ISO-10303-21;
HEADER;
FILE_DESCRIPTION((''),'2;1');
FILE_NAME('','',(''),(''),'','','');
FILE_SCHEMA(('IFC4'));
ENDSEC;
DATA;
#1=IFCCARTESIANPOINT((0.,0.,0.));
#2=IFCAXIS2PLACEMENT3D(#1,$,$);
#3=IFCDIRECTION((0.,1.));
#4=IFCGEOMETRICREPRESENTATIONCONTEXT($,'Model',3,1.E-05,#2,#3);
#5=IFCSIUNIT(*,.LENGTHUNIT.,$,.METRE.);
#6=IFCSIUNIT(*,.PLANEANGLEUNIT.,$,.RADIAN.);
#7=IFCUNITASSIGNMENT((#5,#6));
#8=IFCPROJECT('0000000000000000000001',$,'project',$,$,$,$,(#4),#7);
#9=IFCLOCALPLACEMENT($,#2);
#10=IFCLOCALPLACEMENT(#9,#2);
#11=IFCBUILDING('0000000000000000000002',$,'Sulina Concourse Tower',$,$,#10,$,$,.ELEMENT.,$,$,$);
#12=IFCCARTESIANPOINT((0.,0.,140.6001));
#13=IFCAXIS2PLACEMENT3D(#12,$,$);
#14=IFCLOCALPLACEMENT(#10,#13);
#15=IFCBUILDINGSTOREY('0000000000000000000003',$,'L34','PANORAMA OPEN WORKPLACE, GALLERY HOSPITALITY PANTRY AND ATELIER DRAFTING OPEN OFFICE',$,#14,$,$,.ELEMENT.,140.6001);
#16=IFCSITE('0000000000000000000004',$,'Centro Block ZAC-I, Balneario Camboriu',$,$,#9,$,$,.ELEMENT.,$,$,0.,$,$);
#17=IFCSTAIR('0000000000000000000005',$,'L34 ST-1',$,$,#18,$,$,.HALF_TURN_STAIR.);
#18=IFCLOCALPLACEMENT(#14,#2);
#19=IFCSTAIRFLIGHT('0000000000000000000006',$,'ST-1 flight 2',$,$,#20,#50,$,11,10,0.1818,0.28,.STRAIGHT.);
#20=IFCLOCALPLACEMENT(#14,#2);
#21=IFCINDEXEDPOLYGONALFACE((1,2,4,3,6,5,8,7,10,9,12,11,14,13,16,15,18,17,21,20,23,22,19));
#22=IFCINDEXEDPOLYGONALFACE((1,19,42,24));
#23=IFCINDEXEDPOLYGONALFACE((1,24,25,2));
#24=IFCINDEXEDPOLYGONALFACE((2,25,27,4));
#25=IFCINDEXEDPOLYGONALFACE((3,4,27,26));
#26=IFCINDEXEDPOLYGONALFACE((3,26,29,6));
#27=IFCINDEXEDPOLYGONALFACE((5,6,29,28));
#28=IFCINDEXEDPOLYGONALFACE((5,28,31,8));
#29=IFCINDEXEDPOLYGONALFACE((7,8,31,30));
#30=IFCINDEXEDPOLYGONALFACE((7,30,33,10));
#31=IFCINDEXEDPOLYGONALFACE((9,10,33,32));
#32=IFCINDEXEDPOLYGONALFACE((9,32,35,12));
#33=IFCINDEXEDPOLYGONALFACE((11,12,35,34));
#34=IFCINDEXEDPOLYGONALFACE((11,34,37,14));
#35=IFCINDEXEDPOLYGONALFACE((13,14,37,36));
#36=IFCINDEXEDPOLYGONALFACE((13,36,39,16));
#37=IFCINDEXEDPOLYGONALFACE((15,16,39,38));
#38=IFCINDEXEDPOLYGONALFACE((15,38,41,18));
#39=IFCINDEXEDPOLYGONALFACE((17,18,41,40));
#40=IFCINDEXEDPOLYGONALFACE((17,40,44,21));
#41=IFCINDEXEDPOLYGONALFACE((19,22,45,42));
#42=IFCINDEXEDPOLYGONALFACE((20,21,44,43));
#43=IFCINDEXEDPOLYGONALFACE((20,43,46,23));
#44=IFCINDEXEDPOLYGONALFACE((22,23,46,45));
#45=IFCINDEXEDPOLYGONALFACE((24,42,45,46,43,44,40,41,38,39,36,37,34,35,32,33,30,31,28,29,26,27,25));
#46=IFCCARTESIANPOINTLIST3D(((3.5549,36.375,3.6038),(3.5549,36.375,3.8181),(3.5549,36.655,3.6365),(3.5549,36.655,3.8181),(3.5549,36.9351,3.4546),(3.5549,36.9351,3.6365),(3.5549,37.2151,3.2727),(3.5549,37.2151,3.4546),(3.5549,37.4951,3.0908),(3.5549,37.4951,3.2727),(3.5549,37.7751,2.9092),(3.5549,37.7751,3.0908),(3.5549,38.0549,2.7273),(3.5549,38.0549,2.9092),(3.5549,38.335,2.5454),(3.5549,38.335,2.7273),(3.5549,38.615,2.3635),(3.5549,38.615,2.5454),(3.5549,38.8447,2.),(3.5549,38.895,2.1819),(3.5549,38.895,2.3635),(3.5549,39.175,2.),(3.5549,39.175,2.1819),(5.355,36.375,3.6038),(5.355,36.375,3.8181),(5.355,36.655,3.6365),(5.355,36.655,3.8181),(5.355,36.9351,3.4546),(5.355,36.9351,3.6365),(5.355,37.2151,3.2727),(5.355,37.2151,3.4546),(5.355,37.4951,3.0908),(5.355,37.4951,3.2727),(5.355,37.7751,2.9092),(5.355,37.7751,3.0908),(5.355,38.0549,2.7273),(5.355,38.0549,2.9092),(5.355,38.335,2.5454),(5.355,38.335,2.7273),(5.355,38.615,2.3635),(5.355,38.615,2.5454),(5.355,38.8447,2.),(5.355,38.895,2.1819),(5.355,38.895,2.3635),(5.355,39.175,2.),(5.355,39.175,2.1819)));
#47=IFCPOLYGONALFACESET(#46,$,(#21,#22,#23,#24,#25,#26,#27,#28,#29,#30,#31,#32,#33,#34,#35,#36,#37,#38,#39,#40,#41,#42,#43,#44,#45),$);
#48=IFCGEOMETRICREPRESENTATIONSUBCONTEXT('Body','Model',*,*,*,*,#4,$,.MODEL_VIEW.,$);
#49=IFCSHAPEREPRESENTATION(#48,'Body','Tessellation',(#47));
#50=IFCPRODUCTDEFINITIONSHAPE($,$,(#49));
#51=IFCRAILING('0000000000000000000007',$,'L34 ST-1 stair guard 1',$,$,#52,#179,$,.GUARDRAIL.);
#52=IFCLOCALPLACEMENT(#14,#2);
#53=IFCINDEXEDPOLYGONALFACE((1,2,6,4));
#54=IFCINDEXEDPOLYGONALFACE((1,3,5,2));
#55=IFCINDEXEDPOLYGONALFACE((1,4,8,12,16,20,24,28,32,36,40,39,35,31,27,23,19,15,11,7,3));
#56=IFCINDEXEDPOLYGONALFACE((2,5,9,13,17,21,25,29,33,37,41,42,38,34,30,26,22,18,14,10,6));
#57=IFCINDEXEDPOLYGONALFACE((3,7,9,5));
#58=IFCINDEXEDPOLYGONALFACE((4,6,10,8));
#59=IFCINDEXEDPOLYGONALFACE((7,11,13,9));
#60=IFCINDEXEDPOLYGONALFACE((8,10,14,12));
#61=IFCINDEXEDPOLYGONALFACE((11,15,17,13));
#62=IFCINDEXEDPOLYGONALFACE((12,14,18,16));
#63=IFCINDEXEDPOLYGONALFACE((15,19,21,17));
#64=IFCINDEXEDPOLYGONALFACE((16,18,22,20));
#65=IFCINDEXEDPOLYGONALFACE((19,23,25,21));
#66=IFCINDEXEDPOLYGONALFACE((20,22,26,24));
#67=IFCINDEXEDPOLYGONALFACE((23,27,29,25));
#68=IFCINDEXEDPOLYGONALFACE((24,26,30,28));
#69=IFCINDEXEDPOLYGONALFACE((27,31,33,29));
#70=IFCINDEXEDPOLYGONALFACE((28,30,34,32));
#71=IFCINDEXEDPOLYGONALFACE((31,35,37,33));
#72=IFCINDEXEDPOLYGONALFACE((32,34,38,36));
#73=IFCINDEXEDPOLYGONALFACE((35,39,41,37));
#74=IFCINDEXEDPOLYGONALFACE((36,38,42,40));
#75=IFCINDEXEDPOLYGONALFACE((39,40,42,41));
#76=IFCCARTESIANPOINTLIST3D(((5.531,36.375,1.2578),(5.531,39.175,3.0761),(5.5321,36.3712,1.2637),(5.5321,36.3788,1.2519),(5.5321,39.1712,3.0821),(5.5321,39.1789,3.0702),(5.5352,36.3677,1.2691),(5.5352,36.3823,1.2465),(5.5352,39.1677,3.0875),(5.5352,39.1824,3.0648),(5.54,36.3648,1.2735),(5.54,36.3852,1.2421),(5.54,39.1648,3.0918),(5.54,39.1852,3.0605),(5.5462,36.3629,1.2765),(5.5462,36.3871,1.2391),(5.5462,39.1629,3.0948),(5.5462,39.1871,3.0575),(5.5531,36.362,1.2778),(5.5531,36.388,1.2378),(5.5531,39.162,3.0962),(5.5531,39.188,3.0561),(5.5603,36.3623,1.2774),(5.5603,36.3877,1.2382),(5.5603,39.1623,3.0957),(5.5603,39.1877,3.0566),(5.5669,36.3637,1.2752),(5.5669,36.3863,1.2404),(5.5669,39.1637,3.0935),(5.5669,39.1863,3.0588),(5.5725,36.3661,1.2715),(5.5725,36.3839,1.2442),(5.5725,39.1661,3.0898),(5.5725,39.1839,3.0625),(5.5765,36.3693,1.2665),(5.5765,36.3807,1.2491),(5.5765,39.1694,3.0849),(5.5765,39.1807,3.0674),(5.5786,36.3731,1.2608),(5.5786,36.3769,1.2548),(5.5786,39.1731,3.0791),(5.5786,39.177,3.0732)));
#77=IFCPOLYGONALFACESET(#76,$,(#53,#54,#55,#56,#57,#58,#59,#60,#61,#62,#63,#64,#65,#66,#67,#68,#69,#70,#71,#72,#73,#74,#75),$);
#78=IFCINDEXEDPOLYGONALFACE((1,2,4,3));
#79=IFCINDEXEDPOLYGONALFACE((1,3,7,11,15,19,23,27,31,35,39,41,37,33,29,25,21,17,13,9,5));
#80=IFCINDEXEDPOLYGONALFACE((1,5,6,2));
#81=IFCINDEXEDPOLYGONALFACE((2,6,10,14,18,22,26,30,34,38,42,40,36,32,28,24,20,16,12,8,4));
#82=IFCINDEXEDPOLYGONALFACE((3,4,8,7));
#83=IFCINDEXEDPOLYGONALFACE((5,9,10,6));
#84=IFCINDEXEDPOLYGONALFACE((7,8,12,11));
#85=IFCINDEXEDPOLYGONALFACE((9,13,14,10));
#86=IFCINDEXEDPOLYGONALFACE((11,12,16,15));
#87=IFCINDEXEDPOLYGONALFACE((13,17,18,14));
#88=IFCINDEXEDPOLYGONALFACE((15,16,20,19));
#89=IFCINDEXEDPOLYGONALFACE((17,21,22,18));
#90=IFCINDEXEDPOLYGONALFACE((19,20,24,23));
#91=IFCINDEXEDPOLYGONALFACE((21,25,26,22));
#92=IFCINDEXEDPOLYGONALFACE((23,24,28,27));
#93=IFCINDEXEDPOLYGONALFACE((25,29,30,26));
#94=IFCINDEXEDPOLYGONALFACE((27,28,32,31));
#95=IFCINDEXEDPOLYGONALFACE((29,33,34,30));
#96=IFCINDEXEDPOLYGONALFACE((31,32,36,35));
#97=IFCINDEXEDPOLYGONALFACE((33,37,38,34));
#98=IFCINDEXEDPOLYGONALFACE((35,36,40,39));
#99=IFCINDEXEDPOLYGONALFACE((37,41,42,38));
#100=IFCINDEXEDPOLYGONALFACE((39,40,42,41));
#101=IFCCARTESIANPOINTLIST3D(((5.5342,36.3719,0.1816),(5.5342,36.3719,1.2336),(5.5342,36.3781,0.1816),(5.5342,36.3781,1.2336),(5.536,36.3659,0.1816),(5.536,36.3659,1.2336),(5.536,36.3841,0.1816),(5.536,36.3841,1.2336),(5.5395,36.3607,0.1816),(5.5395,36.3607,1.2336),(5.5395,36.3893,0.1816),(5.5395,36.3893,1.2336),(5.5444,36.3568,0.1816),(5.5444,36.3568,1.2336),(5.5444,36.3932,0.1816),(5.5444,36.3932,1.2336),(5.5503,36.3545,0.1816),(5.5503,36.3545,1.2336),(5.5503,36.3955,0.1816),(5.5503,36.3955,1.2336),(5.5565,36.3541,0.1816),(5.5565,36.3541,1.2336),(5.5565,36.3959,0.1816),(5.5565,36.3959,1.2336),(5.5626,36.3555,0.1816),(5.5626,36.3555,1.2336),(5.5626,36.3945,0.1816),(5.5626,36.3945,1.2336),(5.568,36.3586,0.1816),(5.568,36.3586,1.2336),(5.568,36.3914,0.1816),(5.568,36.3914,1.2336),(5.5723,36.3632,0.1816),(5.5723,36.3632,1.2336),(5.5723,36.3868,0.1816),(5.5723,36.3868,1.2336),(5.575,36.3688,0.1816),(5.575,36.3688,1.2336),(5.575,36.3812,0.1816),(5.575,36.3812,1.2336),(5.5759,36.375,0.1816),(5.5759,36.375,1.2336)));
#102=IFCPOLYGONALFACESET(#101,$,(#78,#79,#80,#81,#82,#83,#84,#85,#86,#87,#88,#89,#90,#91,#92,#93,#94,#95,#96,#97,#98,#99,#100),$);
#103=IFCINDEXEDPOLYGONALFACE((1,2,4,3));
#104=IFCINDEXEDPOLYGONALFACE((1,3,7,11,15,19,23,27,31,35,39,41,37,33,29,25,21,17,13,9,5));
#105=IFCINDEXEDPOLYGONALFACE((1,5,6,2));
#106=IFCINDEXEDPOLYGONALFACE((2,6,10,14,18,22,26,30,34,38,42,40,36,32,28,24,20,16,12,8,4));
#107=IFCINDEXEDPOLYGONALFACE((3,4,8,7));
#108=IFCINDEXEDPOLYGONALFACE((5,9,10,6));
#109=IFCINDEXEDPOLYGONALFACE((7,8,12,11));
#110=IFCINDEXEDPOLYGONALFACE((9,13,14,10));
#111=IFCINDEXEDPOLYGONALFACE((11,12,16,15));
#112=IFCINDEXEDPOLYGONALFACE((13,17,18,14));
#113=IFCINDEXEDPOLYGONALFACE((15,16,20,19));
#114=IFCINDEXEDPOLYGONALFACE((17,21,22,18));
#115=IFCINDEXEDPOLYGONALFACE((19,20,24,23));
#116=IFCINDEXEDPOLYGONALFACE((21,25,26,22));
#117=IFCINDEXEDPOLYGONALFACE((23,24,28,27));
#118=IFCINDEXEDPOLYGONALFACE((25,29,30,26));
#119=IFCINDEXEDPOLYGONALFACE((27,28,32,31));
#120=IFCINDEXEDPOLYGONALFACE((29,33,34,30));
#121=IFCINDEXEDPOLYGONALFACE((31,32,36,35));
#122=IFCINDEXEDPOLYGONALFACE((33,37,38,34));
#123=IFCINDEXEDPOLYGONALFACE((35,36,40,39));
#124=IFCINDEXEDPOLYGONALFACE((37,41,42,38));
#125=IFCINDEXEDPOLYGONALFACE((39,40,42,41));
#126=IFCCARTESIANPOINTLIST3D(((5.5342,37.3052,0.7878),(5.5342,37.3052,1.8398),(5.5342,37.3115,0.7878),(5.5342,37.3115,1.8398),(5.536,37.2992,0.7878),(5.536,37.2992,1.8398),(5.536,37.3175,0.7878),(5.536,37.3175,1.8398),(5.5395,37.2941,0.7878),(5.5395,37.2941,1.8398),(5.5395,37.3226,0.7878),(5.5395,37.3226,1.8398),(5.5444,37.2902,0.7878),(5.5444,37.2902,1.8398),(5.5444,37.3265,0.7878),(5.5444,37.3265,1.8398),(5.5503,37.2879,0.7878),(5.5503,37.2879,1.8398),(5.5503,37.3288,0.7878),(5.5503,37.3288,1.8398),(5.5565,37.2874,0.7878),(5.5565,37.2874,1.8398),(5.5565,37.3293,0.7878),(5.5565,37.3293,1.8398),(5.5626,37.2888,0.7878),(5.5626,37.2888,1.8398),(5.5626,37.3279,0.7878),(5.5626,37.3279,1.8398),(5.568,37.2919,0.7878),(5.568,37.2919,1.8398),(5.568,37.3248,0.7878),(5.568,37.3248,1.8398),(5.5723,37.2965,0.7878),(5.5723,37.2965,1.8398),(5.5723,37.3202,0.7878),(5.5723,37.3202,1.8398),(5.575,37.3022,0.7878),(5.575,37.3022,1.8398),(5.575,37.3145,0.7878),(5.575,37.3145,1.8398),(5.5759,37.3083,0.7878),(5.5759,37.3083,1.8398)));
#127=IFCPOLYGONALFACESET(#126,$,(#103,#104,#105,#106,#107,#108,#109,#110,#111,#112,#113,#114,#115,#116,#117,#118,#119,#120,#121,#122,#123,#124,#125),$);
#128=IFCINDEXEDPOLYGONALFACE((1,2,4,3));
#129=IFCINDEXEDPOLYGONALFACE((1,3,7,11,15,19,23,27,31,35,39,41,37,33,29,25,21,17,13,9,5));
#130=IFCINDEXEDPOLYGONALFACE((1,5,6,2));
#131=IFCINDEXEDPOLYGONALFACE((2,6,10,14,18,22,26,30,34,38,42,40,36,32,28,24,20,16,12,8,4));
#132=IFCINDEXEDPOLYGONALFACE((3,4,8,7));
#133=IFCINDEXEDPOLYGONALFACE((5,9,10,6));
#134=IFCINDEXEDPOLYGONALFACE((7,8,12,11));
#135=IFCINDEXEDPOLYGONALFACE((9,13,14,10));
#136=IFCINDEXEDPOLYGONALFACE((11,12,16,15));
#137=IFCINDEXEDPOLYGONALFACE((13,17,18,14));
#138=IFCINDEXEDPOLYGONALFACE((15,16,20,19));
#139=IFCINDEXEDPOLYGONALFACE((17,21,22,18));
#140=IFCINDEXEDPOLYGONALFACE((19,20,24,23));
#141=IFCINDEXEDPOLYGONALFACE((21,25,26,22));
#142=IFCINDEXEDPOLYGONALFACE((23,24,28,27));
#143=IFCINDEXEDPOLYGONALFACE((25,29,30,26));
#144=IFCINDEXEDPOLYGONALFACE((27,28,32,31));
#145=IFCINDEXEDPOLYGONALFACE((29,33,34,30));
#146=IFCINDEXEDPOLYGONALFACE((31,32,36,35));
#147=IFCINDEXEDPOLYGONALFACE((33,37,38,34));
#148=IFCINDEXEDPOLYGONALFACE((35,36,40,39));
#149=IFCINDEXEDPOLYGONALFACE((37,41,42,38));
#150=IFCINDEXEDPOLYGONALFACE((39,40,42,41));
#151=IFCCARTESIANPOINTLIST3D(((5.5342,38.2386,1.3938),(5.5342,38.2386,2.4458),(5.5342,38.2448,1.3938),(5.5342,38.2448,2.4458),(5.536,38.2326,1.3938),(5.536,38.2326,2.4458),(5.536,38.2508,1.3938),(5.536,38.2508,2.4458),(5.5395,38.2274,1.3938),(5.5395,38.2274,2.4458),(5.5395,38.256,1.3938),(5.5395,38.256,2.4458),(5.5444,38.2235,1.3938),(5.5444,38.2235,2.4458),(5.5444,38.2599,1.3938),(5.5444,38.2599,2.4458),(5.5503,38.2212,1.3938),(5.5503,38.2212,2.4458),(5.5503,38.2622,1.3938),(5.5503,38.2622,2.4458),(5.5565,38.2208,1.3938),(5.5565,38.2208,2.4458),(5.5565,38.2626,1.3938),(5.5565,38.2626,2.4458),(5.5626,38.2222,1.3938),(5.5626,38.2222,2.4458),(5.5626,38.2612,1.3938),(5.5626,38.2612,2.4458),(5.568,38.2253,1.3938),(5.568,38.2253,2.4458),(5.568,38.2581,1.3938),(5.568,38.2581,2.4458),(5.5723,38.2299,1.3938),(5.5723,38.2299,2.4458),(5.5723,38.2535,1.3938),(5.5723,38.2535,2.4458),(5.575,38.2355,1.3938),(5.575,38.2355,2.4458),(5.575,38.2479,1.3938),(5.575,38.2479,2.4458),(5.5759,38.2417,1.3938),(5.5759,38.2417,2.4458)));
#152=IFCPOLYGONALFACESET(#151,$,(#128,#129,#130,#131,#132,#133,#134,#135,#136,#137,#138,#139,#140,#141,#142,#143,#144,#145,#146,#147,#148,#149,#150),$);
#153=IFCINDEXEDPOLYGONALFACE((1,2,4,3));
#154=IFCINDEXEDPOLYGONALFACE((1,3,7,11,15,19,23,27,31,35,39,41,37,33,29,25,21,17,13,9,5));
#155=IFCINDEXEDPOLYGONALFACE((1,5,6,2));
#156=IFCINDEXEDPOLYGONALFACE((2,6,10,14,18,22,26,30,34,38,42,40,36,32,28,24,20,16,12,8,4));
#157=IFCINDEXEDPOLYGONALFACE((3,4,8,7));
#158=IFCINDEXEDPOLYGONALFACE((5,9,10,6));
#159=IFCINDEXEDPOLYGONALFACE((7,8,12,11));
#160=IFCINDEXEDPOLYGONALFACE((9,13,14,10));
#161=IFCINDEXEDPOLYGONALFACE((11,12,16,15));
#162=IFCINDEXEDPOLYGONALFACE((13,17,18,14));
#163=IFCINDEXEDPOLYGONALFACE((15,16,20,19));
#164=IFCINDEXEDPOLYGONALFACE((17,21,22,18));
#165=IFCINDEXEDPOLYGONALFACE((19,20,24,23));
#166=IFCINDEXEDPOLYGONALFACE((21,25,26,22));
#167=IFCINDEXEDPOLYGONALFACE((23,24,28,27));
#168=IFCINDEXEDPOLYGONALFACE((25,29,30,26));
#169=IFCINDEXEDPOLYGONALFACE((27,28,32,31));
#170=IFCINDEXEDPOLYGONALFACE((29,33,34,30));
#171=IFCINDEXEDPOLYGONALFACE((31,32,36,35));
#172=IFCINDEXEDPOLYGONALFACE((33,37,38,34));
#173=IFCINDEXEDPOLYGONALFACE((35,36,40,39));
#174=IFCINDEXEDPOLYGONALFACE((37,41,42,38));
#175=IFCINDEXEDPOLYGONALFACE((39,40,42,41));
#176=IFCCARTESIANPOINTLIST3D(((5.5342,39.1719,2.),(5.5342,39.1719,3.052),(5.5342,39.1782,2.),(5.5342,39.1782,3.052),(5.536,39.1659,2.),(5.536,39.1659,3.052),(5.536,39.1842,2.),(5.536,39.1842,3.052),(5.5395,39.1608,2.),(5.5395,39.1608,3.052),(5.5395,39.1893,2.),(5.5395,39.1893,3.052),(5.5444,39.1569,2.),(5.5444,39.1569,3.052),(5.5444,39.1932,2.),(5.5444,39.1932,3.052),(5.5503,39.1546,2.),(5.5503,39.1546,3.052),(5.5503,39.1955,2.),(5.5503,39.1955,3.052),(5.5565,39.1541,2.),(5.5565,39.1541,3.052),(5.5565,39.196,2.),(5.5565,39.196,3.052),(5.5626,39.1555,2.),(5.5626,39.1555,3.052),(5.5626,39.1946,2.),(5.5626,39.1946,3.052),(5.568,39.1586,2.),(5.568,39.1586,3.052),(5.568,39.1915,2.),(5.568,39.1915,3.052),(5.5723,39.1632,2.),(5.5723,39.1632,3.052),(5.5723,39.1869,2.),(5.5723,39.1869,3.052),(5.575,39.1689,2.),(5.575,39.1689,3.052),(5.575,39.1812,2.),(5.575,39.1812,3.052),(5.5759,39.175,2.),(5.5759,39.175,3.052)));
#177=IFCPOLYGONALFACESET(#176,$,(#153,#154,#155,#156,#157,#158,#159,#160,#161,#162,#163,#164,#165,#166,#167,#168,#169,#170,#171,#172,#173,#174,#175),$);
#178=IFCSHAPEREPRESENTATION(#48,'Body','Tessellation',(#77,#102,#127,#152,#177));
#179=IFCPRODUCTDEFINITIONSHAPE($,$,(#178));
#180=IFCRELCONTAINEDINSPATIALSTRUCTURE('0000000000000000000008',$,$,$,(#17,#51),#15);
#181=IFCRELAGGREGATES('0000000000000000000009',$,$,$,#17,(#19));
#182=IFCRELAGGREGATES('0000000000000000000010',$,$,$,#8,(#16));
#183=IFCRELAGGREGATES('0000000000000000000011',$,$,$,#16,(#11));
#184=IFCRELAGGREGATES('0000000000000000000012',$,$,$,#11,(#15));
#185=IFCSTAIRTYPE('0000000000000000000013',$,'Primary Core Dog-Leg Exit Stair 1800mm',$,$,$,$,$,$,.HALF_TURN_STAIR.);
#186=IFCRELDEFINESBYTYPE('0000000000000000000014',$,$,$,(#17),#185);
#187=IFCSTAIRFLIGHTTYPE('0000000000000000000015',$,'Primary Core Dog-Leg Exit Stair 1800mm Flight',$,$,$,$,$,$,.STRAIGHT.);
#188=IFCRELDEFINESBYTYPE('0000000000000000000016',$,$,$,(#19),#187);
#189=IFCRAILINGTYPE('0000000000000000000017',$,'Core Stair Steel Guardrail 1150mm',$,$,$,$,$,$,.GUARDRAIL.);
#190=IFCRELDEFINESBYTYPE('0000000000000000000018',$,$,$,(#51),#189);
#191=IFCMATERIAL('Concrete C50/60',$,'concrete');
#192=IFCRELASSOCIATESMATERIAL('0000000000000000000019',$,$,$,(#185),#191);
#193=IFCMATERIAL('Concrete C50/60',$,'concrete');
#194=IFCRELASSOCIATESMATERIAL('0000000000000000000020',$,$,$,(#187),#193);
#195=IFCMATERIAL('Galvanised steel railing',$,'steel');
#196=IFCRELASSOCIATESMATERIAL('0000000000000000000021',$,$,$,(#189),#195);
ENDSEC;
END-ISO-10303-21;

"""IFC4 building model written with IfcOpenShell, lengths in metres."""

from ifc_helpers import new_model, si_unit, direction, frame, origin, origin_2d, place, context, subcontext, project, spatial, polyline, circle, outline, extrude, material, type_object, element, aggregate, save


model = new_model("IFC4")

# Units and contexts
model_context = context("Model", 3, precision=1e-05, world=origin(), true_north=direction((0.0, 1.0)))
body_context = subcontext(model_context, "Body", "Model", "MODEL_VIEW")
ifc_project = project(units=[si_unit("LENGTHUNIT", "METRE"), si_unit("PLANEANGLEUNIT", "RADIAN")], contexts=[model_context])

# Site, building, storey
site_placement = place(None, origin())
site = spatial("IfcSite", under=ifc_project, at=site_placement, Name="Centro Block ZAC-I, Balneario Camboriu", CompositionType="ELEMENT", RefElevation=0.0)
building_placement = place(site_placement, origin())
building = spatial("IfcBuilding", under=site, at=building_placement, Name="Sulina Concourse Tower", CompositionType="ELEMENT")
storey_placement = place(building_placement, frame((0.0, 0.0, 140.6001)))
storey = spatial("IfcBuildingStorey", under=building, at=storey_placement, Name="L34", Description="PANORAMA OPEN WORKPLACE, GALLERY HOSPITALITY PANTRY AND ATELIER DRAFTING OPEN OFFICE", CompositionType="ELEMENT", Elevation=140.6001)

# Stair, stair flight
ifc_material_1 = material(Name="Concrete C50/60", Category="concrete")
stair_type = type_object("IfcStairType", Name="Primary Core Dog-Leg Exit Stair 1800mm", PredefinedType="HALF_TURN_STAIR", material=ifc_material_1)
stair_placement = place(storey_placement, origin())
stair = element("IfcStair", 1, at=stair_placement, inside=storey, type_object=stair_type, Name="L34 ST-1", PredefinedType="HALF_TURN_STAIR")
ifc_material_2 = material(Name="Concrete C50/60", Category="concrete")
stair_flight_type = type_object("IfcStairFlightType", Name="Primary Core Dog-Leg Exit Stair 1800mm Flight", PredefinedType="STRAIGHT", material=ifc_material_2)
stair_flight_1_placement = place(storey_placement, frame((4.4551, 39.175, 2.0), z_axis=(0.0, 0.0, 1.0), x_axis=(0.0, -1.0, 0.0)))
stair_flight_1 = element("IfcStairFlight", 2, at=stair_flight_1_placement, type_object=stair_flight_type, Name="ST-1 flight 2", NumberOfRisers=11, NumberOfTreads=10, PredefinedType="STRAIGHT", RiserHeight=0.1818, TreadLength=0.28, context=body_context, shape_type="SweptSolid", body=[
    extrude(outline(polyline([(0.0, 0.0), (0.0, 0.1819), (0.28, 0.1819), (0.28, 0.3635), (0.5601, 0.3635), (0.5601, 0.5454), (0.8401, 0.5454), (0.8401, 0.7273), (1.1201, 0.7273), (1.1201, 0.9092), (1.3999, 0.9092), (1.3999, 1.0908), (1.6799, 1.0908), (1.6799, 1.2727), (1.96, 1.2727), (1.96, 1.4546), (2.24, 1.4546), (2.24, 1.6365), (2.52, 1.6365), (2.52, 1.8181), (2.8, 1.8181), (2.8, 2.0), (2.8, 1.6038), (0.3303, 0.0), (0.0, 0.0)])), frame((0.0, 0.8999, 0.0), z_axis=(0.0, -1.0, 0.0), x_axis=(1.0, 0.0, 0.0)), (0.0, 0.0, 1.0), 1.8),
])
aggregate(stair, [stair_flight_1])

# Railing
ifc_material_3 = material(Name="Galvanised steel railing", Category="steel")
railing_type_1 = type_object("IfcRailingType", Name="Core Stair Steel Guardrail 1150mm", PredefinedType="GUARDRAIL", material=ifc_material_3)
railing_1_placement = place(storey_placement, frame((5.5549, 36.375, 0.1816)))
element("IfcRailing", 3, at=railing_1_placement, inside=storey, type_object=railing_type_1, Name="L34 ST-1 stair guard 1", PredefinedType="GUARDRAIL", context=body_context, shape_type="SweptSolid", body=[
    extrude(circle(Radius=0.0239, at=origin_2d()), frame((0.0, 0.0, 1.0762), z_axis=(0.0, 0.838672, 0.544636), x_axis=(-1.0, 0.0, 0.0)), (0.0, 0.0, 1.0), 3.3386),
    extrude(circle(Radius=0.021, at=origin_2d()), origin(), (0.0, 0.0, 1.0), 1.052),
    extrude(circle(Radius=0.021, at=origin_2d()), frame((0.0, 0.9333, 0.6062)), (0.0, 0.0, 1.0), 1.052),
    extrude(circle(Radius=0.021, at=origin_2d()), frame((0.0, 1.8667, 1.2122)), (0.0, 0.0, 1.0), 1.052),
    extrude(circle(Radius=0.021, at=origin_2d()), frame((0.0, 2.8, 1.8184)), (0.0, 0.0, 1.0), 1.052),
])

save(model, "model.ifc")
